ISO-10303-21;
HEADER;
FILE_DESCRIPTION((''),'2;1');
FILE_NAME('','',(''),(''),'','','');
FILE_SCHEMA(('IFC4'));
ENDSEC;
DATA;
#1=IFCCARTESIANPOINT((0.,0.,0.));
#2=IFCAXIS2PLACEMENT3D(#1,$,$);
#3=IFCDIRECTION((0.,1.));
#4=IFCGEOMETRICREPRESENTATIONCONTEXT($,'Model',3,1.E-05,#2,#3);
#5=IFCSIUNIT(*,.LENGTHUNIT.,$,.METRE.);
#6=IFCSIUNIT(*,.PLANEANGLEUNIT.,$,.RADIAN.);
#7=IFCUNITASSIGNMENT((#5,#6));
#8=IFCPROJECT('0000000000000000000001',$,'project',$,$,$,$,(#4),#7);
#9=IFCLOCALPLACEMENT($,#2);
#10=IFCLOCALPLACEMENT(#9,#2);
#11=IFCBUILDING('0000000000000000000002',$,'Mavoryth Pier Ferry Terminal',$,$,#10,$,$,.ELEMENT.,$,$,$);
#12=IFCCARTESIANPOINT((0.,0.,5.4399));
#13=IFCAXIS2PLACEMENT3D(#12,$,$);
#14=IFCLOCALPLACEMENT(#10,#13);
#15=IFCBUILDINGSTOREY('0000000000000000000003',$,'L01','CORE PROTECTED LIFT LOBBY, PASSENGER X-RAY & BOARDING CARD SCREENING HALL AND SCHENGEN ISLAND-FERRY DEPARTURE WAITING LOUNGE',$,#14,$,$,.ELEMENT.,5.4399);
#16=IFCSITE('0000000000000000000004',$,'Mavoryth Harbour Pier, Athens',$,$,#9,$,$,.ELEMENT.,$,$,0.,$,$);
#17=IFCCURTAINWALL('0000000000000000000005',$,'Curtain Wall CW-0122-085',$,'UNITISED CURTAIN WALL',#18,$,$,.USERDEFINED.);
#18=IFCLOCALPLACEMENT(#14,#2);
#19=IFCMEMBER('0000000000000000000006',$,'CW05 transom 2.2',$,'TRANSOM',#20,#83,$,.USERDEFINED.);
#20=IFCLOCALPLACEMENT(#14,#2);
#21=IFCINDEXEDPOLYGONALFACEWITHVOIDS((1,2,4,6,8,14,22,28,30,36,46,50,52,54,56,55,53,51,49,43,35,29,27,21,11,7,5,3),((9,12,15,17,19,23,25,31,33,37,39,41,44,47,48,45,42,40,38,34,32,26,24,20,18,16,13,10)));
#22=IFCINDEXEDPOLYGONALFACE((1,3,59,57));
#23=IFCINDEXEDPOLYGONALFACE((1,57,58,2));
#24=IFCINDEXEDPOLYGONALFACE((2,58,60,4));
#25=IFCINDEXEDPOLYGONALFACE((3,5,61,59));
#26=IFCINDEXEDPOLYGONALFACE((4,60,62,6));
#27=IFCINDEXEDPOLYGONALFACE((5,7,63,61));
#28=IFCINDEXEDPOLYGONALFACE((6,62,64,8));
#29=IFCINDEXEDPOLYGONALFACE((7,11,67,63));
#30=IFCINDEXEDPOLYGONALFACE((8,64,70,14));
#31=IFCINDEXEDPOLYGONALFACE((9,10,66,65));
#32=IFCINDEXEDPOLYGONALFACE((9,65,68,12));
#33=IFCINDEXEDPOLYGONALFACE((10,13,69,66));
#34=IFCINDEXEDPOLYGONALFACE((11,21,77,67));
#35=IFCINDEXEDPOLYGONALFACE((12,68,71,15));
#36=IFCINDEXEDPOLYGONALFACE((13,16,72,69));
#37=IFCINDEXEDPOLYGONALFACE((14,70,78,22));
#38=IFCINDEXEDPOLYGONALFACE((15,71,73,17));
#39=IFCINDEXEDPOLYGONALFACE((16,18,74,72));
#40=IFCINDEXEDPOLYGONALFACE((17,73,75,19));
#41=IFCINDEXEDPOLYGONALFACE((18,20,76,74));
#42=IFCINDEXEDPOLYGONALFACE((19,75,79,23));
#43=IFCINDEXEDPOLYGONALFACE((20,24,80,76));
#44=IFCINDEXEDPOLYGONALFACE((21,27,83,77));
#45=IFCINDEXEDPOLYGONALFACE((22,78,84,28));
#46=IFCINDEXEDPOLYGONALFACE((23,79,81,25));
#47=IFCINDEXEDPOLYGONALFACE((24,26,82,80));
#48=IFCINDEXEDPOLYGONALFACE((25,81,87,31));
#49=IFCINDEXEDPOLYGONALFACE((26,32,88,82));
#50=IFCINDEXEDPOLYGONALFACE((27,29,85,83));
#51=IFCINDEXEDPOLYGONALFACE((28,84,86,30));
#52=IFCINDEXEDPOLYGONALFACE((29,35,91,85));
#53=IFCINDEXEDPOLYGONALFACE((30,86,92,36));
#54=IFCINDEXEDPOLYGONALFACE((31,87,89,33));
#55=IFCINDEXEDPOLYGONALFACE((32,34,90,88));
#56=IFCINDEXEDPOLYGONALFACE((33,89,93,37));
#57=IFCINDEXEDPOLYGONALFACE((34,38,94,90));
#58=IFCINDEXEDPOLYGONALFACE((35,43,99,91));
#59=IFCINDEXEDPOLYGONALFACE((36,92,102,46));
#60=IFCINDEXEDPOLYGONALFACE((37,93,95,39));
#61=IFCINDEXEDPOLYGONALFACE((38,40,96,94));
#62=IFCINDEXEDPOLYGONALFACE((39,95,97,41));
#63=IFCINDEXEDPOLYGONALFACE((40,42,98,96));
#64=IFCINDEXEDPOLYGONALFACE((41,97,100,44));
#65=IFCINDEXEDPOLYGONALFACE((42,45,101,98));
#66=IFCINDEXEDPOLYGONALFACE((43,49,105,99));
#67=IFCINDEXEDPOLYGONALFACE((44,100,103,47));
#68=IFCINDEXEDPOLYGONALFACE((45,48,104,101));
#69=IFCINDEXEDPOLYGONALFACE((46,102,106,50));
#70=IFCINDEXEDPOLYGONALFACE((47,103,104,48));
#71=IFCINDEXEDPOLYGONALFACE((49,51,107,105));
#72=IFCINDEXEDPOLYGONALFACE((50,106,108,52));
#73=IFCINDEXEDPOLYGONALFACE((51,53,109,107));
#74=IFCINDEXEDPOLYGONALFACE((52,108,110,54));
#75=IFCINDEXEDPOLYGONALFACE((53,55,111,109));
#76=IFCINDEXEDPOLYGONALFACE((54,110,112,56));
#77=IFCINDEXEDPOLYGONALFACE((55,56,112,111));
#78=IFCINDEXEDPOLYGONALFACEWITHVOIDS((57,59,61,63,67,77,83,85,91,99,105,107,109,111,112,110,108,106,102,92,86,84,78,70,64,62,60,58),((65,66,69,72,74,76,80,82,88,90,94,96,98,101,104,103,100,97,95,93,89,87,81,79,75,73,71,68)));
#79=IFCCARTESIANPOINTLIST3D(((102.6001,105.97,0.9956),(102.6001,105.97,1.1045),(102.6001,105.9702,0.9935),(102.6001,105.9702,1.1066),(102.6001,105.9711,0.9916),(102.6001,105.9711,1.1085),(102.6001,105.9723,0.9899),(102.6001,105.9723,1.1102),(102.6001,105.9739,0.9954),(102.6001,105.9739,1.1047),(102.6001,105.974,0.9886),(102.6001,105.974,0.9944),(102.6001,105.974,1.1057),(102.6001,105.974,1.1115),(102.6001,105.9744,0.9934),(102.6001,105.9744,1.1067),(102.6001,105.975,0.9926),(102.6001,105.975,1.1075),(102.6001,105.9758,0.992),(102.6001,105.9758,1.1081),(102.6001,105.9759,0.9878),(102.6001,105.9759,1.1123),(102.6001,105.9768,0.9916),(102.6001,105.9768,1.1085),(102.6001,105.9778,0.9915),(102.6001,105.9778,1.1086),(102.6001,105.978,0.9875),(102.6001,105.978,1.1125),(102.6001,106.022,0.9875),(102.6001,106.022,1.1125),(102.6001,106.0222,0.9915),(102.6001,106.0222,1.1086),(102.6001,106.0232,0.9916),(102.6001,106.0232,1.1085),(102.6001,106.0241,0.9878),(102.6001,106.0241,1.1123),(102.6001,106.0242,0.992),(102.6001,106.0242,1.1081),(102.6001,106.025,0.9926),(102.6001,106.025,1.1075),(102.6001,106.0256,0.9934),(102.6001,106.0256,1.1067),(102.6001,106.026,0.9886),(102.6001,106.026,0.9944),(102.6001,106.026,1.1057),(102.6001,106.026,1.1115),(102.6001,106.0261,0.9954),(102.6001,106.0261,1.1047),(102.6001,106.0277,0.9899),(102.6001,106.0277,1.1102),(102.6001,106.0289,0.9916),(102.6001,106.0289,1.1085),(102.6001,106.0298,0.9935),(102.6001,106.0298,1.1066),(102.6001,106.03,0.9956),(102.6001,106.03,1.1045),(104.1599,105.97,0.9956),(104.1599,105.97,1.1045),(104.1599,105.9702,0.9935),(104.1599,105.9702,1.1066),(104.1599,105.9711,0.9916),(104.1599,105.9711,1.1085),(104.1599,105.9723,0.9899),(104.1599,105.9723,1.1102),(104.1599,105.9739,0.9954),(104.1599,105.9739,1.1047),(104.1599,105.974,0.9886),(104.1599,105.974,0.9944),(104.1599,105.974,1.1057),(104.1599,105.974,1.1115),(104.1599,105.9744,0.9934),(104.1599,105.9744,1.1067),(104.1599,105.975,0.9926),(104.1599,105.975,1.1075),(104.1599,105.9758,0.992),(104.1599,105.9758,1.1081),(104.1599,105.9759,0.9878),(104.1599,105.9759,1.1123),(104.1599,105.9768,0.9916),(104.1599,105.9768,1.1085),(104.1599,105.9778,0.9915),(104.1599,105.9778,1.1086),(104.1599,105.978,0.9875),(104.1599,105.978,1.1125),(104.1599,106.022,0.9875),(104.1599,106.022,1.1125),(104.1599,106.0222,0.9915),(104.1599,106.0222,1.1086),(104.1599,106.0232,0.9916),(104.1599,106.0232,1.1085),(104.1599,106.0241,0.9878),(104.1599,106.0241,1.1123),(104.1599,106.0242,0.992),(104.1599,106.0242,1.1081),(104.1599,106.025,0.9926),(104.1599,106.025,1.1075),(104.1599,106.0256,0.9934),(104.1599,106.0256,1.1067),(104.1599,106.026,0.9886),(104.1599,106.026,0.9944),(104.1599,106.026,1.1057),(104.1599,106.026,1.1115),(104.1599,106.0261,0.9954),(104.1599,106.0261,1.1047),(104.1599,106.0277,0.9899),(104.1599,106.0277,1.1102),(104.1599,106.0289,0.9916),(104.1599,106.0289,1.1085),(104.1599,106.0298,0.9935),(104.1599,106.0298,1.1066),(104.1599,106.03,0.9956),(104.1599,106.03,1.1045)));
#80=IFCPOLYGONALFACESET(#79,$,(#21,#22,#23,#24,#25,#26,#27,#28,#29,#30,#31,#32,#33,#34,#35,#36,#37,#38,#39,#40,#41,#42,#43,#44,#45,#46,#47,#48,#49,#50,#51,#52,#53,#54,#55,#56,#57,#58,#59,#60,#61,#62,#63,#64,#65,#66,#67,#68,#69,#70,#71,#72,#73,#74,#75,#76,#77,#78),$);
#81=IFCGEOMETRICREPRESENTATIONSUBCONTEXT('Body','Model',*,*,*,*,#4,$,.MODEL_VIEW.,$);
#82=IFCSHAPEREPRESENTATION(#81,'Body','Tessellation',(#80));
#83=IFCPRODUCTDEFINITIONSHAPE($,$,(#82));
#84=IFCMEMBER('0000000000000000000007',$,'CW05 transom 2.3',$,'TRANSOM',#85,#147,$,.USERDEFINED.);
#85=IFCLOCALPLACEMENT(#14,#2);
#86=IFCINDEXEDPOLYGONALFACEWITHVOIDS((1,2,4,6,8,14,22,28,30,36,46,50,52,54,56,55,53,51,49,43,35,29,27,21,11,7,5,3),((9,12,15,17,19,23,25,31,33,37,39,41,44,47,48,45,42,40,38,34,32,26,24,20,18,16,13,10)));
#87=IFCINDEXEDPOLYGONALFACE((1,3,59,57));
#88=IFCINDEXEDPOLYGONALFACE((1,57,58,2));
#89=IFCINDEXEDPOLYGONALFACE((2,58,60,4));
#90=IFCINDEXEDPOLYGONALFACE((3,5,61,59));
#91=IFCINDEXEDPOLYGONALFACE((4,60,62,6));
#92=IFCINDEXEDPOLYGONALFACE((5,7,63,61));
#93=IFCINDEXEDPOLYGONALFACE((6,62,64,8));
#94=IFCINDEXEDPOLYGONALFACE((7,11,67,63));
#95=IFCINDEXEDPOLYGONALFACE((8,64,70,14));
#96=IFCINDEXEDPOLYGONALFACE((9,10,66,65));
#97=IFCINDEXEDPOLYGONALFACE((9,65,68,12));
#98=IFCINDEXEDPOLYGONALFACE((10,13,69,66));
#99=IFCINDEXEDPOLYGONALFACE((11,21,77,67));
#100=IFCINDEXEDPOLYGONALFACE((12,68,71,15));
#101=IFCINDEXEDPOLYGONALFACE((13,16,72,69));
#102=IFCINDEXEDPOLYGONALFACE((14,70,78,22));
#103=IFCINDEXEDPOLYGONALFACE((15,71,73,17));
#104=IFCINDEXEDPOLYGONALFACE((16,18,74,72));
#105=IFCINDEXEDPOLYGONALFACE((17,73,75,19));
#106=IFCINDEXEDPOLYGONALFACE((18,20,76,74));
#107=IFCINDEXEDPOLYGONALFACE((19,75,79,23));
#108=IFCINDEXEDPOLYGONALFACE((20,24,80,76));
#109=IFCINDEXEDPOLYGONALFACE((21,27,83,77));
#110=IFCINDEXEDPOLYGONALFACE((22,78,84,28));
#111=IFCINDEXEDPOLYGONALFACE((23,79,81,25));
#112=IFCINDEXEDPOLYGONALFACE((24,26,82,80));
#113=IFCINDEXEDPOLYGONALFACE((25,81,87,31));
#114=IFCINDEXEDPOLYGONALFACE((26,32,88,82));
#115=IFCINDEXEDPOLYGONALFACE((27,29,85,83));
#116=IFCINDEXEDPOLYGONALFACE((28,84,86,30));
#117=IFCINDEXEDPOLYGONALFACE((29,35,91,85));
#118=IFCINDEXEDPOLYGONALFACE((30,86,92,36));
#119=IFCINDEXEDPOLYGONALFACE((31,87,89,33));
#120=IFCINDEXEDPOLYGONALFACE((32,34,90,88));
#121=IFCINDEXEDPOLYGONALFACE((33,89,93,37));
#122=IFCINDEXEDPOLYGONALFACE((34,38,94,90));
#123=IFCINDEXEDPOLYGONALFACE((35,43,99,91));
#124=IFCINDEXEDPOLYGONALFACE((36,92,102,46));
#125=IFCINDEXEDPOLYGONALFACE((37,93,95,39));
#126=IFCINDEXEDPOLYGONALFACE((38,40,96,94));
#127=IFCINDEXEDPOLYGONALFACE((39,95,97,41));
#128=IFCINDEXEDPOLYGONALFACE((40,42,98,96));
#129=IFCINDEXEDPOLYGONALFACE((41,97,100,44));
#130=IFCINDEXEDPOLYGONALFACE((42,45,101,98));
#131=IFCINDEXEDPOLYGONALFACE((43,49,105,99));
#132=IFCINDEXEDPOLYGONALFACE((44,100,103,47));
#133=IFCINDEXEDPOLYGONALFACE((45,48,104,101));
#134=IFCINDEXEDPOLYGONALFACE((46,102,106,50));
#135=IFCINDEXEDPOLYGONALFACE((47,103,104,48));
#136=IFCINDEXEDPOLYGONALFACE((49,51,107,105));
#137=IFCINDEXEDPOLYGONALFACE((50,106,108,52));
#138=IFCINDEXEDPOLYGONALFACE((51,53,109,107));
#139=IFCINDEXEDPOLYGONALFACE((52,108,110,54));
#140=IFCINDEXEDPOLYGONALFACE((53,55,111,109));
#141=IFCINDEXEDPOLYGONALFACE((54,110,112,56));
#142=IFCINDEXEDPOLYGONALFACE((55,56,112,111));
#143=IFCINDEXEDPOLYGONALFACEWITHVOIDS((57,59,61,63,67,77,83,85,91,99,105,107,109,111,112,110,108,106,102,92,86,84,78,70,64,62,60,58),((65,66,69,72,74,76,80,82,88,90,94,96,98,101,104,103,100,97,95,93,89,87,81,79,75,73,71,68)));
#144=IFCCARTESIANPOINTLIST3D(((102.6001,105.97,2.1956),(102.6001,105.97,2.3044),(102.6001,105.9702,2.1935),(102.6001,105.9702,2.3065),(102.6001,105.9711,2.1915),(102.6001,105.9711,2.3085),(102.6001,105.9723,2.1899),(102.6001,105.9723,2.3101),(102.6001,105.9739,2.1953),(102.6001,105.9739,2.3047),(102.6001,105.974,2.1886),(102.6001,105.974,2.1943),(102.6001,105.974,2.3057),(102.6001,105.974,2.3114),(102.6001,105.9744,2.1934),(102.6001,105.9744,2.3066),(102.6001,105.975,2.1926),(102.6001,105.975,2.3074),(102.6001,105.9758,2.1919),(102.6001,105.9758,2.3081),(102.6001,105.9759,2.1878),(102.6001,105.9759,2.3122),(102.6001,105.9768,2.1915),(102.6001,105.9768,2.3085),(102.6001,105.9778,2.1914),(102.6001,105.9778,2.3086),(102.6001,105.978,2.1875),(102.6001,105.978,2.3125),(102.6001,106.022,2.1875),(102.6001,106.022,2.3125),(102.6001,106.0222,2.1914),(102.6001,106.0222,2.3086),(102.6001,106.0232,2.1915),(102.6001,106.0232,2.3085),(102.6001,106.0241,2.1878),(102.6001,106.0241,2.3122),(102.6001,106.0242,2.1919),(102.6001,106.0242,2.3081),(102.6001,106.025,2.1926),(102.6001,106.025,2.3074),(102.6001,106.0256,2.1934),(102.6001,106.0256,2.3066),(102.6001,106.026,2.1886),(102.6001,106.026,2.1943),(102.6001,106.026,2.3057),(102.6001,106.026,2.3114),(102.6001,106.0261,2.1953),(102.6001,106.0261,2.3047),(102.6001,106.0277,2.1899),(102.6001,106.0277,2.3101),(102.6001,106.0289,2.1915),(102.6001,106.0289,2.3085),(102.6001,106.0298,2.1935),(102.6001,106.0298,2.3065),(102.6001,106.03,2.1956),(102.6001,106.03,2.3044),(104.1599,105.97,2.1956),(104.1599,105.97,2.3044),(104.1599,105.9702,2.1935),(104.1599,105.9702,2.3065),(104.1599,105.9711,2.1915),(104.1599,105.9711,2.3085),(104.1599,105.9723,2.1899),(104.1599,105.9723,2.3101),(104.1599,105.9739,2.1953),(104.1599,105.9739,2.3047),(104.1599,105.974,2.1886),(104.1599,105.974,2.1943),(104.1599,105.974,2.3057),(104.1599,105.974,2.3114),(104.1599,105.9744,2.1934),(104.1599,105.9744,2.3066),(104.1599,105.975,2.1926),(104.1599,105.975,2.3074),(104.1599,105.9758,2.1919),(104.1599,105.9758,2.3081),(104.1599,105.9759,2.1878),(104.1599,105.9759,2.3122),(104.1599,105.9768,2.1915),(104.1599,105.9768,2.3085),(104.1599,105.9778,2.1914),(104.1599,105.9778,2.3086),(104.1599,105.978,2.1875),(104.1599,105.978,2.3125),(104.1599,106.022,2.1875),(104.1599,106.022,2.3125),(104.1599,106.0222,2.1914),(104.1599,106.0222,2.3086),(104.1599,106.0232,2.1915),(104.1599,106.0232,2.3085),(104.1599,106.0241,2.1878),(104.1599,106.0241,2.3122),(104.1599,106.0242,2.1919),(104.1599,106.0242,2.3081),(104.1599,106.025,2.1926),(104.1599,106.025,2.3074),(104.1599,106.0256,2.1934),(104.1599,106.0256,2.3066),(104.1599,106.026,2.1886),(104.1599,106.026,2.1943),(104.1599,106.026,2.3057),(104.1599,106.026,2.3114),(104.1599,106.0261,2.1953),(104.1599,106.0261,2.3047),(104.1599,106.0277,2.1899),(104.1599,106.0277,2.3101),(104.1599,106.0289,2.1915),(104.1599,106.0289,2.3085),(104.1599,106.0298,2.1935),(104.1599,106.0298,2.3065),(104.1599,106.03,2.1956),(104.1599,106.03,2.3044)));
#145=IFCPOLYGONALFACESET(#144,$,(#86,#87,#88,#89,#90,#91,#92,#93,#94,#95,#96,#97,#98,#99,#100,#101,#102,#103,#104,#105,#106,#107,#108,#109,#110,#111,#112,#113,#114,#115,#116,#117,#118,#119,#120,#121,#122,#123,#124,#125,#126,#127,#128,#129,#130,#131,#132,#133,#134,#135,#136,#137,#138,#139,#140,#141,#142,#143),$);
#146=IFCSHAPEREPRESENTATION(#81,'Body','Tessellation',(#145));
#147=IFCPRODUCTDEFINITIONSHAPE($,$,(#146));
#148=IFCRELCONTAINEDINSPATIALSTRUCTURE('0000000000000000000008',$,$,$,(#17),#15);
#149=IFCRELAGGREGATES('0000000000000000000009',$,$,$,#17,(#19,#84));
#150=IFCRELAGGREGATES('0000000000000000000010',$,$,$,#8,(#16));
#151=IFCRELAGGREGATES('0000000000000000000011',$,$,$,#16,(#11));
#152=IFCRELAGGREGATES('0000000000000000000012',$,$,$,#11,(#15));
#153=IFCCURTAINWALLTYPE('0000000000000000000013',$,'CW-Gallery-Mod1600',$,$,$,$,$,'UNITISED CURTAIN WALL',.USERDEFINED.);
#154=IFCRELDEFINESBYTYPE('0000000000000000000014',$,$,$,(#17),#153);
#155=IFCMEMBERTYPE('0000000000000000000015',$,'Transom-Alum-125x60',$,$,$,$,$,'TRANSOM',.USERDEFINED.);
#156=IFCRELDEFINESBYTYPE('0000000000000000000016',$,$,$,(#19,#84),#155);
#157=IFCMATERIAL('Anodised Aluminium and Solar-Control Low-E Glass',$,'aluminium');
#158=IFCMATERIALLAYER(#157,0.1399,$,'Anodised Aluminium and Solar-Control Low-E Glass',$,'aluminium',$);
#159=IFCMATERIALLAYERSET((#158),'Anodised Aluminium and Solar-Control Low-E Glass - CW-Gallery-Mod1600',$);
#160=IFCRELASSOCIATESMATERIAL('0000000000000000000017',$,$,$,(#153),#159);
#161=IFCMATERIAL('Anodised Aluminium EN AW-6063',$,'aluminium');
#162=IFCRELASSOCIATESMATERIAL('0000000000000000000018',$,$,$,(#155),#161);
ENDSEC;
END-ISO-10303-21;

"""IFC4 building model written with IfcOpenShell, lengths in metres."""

from ifc_helpers import new_model, si_unit, direction, frame, origin, origin_2d, place, context, subcontext, project, spatial, hollow_rectangle, extrude, material, layer, layer_set, material_profile, profile_set, type_object, element, aggregate, save


model = new_model("IFC4")

# Units and contexts
model_context = context("Model", 3, precision=1e-05, world=origin(), true_north=direction((0.0, 1.0)))
body_context = subcontext(model_context, "Body", "Model", "MODEL_VIEW")
ifc_project = project(units=[si_unit("LENGTHUNIT", "METRE"), si_unit("PLANEANGLEUNIT", "RADIAN")], contexts=[model_context])

# Site, building, storey
site_placement = place(None, origin())
site = spatial("IfcSite", under=ifc_project, at=site_placement, Name="Mavoryth Harbour Pier, Athens", CompositionType="ELEMENT", RefElevation=0.0)
building_placement = place(site_placement, origin())
building = spatial("IfcBuilding", under=site, at=building_placement, Name="Mavoryth Pier Ferry Terminal", CompositionType="ELEMENT")
storey_placement = place(building_placement, frame((0.0, 0.0, 5.4399)))
storey = spatial("IfcBuildingStorey", under=building, at=storey_placement, Name="L01", Description="CORE PROTECTED LIFT LOBBY, PASSENGER X-RAY & BOARDING CARD SCREENING HALL AND SCHENGEN ISLAND-FERRY DEPARTURE WAITING LOUNGE", CompositionType="ELEMENT", Elevation=5.4399)

# Shared definitions
ifc_material_1 = material(Name="Anodised Aluminium and Solar-Control Low-E Glass", Category="aluminium")
ifc_layer_1 = layer(ifc_material_1, 0.1399, Name="Anodised Aluminium and Solar-Control Low-E Glass", Category="aluminium")
ifc_layer_set_1 = layer_set([ifc_layer_1], Name="Anodised Aluminium and Solar-Control Low-E Glass - CW-Gallery-Mod1600")
curtain_wall_type = type_object("IfcCurtainWallType", Name="CW-Gallery-Mod1600", ElementType="UNITISED CURTAIN WALL", PredefinedType="USERDEFINED", material=ifc_layer_set_1)
ifc_material_2 = material(Name="Anodised Aluminium EN AW-6063", Category="aluminium")

# Curtain wall
curtain_wall_1_placement = place(storey_placement, origin())
curtain_wall_1 = element("IfcCurtainWall", 1, at=curtain_wall_1_placement, inside=storey, type_object=curtain_wall_type, Name="Curtain Wall CW-0122-085", ObjectType="UNITISED CURTAIN WALL", PredefinedType="USERDEFINED")

# Members
ifc_material_profile_1 = material_profile(ifc_material_2, hollow_rectangle(XDim=0.0601, YDim=0.125, WallThickness=0.0039, InnerFilletRadius=0.0039, OuterFilletRadius=0.0081, at=origin_2d()), Name="AL-TRAN 125x60x4", Category="aluminium")
ifc_profile_set_1 = profile_set([ifc_material_profile_1], Name="Anodised Aluminium EN AW-6063 - AL-TRAN 125x60x4")
member_type_1 = type_object("IfcMemberType", Name="Transom-Alum-125x60", ElementType="TRANSOM", PredefinedType="USERDEFINED", material=ifc_profile_set_1)
member_1_placement = place(storey_placement, frame((102.6001, 106.0, 1.05), z_axis=(1.0, 0.0, 0.0), x_axis=(0.0, 1.0, 0.0)))
member_1 = element("IfcMember", 2, at=member_1_placement, type_object=member_type_1, Name="CW05 transom 2.2", ObjectType="TRANSOM", PredefinedType="USERDEFINED", context=body_context, shape_type="SweptSolid", body=[
    extrude(hollow_rectangle(XDim=0.0601, YDim=0.125, WallThickness=0.0039, InnerFilletRadius=0.0039, OuterFilletRadius=0.0081, at=origin_2d()), origin(), (0.0, 0.0, 1.0), 1.5598),
])
member_2_placement = place(storey_placement, frame((102.6001, 106.0, 2.25), z_axis=(1.0, 0.0, 0.0), x_axis=(0.0, 1.0, 0.0)))
member_2 = element("IfcMember", 3, at=member_2_placement, type_object=member_type_1, Name="CW05 transom 2.3", ObjectType="TRANSOM", PredefinedType="USERDEFINED", context=body_context, shape_type="SweptSolid", body=[
    extrude(hollow_rectangle(XDim=0.0601, YDim=0.125, WallThickness=0.0039, InnerFilletRadius=0.0039, OuterFilletRadius=0.0081, at=origin_2d()), origin(), (0.0, 0.0, 1.0), 1.5598),
])

aggregate(curtain_wall_1, [member_1, member_2])

save(model, "model.ifc")
